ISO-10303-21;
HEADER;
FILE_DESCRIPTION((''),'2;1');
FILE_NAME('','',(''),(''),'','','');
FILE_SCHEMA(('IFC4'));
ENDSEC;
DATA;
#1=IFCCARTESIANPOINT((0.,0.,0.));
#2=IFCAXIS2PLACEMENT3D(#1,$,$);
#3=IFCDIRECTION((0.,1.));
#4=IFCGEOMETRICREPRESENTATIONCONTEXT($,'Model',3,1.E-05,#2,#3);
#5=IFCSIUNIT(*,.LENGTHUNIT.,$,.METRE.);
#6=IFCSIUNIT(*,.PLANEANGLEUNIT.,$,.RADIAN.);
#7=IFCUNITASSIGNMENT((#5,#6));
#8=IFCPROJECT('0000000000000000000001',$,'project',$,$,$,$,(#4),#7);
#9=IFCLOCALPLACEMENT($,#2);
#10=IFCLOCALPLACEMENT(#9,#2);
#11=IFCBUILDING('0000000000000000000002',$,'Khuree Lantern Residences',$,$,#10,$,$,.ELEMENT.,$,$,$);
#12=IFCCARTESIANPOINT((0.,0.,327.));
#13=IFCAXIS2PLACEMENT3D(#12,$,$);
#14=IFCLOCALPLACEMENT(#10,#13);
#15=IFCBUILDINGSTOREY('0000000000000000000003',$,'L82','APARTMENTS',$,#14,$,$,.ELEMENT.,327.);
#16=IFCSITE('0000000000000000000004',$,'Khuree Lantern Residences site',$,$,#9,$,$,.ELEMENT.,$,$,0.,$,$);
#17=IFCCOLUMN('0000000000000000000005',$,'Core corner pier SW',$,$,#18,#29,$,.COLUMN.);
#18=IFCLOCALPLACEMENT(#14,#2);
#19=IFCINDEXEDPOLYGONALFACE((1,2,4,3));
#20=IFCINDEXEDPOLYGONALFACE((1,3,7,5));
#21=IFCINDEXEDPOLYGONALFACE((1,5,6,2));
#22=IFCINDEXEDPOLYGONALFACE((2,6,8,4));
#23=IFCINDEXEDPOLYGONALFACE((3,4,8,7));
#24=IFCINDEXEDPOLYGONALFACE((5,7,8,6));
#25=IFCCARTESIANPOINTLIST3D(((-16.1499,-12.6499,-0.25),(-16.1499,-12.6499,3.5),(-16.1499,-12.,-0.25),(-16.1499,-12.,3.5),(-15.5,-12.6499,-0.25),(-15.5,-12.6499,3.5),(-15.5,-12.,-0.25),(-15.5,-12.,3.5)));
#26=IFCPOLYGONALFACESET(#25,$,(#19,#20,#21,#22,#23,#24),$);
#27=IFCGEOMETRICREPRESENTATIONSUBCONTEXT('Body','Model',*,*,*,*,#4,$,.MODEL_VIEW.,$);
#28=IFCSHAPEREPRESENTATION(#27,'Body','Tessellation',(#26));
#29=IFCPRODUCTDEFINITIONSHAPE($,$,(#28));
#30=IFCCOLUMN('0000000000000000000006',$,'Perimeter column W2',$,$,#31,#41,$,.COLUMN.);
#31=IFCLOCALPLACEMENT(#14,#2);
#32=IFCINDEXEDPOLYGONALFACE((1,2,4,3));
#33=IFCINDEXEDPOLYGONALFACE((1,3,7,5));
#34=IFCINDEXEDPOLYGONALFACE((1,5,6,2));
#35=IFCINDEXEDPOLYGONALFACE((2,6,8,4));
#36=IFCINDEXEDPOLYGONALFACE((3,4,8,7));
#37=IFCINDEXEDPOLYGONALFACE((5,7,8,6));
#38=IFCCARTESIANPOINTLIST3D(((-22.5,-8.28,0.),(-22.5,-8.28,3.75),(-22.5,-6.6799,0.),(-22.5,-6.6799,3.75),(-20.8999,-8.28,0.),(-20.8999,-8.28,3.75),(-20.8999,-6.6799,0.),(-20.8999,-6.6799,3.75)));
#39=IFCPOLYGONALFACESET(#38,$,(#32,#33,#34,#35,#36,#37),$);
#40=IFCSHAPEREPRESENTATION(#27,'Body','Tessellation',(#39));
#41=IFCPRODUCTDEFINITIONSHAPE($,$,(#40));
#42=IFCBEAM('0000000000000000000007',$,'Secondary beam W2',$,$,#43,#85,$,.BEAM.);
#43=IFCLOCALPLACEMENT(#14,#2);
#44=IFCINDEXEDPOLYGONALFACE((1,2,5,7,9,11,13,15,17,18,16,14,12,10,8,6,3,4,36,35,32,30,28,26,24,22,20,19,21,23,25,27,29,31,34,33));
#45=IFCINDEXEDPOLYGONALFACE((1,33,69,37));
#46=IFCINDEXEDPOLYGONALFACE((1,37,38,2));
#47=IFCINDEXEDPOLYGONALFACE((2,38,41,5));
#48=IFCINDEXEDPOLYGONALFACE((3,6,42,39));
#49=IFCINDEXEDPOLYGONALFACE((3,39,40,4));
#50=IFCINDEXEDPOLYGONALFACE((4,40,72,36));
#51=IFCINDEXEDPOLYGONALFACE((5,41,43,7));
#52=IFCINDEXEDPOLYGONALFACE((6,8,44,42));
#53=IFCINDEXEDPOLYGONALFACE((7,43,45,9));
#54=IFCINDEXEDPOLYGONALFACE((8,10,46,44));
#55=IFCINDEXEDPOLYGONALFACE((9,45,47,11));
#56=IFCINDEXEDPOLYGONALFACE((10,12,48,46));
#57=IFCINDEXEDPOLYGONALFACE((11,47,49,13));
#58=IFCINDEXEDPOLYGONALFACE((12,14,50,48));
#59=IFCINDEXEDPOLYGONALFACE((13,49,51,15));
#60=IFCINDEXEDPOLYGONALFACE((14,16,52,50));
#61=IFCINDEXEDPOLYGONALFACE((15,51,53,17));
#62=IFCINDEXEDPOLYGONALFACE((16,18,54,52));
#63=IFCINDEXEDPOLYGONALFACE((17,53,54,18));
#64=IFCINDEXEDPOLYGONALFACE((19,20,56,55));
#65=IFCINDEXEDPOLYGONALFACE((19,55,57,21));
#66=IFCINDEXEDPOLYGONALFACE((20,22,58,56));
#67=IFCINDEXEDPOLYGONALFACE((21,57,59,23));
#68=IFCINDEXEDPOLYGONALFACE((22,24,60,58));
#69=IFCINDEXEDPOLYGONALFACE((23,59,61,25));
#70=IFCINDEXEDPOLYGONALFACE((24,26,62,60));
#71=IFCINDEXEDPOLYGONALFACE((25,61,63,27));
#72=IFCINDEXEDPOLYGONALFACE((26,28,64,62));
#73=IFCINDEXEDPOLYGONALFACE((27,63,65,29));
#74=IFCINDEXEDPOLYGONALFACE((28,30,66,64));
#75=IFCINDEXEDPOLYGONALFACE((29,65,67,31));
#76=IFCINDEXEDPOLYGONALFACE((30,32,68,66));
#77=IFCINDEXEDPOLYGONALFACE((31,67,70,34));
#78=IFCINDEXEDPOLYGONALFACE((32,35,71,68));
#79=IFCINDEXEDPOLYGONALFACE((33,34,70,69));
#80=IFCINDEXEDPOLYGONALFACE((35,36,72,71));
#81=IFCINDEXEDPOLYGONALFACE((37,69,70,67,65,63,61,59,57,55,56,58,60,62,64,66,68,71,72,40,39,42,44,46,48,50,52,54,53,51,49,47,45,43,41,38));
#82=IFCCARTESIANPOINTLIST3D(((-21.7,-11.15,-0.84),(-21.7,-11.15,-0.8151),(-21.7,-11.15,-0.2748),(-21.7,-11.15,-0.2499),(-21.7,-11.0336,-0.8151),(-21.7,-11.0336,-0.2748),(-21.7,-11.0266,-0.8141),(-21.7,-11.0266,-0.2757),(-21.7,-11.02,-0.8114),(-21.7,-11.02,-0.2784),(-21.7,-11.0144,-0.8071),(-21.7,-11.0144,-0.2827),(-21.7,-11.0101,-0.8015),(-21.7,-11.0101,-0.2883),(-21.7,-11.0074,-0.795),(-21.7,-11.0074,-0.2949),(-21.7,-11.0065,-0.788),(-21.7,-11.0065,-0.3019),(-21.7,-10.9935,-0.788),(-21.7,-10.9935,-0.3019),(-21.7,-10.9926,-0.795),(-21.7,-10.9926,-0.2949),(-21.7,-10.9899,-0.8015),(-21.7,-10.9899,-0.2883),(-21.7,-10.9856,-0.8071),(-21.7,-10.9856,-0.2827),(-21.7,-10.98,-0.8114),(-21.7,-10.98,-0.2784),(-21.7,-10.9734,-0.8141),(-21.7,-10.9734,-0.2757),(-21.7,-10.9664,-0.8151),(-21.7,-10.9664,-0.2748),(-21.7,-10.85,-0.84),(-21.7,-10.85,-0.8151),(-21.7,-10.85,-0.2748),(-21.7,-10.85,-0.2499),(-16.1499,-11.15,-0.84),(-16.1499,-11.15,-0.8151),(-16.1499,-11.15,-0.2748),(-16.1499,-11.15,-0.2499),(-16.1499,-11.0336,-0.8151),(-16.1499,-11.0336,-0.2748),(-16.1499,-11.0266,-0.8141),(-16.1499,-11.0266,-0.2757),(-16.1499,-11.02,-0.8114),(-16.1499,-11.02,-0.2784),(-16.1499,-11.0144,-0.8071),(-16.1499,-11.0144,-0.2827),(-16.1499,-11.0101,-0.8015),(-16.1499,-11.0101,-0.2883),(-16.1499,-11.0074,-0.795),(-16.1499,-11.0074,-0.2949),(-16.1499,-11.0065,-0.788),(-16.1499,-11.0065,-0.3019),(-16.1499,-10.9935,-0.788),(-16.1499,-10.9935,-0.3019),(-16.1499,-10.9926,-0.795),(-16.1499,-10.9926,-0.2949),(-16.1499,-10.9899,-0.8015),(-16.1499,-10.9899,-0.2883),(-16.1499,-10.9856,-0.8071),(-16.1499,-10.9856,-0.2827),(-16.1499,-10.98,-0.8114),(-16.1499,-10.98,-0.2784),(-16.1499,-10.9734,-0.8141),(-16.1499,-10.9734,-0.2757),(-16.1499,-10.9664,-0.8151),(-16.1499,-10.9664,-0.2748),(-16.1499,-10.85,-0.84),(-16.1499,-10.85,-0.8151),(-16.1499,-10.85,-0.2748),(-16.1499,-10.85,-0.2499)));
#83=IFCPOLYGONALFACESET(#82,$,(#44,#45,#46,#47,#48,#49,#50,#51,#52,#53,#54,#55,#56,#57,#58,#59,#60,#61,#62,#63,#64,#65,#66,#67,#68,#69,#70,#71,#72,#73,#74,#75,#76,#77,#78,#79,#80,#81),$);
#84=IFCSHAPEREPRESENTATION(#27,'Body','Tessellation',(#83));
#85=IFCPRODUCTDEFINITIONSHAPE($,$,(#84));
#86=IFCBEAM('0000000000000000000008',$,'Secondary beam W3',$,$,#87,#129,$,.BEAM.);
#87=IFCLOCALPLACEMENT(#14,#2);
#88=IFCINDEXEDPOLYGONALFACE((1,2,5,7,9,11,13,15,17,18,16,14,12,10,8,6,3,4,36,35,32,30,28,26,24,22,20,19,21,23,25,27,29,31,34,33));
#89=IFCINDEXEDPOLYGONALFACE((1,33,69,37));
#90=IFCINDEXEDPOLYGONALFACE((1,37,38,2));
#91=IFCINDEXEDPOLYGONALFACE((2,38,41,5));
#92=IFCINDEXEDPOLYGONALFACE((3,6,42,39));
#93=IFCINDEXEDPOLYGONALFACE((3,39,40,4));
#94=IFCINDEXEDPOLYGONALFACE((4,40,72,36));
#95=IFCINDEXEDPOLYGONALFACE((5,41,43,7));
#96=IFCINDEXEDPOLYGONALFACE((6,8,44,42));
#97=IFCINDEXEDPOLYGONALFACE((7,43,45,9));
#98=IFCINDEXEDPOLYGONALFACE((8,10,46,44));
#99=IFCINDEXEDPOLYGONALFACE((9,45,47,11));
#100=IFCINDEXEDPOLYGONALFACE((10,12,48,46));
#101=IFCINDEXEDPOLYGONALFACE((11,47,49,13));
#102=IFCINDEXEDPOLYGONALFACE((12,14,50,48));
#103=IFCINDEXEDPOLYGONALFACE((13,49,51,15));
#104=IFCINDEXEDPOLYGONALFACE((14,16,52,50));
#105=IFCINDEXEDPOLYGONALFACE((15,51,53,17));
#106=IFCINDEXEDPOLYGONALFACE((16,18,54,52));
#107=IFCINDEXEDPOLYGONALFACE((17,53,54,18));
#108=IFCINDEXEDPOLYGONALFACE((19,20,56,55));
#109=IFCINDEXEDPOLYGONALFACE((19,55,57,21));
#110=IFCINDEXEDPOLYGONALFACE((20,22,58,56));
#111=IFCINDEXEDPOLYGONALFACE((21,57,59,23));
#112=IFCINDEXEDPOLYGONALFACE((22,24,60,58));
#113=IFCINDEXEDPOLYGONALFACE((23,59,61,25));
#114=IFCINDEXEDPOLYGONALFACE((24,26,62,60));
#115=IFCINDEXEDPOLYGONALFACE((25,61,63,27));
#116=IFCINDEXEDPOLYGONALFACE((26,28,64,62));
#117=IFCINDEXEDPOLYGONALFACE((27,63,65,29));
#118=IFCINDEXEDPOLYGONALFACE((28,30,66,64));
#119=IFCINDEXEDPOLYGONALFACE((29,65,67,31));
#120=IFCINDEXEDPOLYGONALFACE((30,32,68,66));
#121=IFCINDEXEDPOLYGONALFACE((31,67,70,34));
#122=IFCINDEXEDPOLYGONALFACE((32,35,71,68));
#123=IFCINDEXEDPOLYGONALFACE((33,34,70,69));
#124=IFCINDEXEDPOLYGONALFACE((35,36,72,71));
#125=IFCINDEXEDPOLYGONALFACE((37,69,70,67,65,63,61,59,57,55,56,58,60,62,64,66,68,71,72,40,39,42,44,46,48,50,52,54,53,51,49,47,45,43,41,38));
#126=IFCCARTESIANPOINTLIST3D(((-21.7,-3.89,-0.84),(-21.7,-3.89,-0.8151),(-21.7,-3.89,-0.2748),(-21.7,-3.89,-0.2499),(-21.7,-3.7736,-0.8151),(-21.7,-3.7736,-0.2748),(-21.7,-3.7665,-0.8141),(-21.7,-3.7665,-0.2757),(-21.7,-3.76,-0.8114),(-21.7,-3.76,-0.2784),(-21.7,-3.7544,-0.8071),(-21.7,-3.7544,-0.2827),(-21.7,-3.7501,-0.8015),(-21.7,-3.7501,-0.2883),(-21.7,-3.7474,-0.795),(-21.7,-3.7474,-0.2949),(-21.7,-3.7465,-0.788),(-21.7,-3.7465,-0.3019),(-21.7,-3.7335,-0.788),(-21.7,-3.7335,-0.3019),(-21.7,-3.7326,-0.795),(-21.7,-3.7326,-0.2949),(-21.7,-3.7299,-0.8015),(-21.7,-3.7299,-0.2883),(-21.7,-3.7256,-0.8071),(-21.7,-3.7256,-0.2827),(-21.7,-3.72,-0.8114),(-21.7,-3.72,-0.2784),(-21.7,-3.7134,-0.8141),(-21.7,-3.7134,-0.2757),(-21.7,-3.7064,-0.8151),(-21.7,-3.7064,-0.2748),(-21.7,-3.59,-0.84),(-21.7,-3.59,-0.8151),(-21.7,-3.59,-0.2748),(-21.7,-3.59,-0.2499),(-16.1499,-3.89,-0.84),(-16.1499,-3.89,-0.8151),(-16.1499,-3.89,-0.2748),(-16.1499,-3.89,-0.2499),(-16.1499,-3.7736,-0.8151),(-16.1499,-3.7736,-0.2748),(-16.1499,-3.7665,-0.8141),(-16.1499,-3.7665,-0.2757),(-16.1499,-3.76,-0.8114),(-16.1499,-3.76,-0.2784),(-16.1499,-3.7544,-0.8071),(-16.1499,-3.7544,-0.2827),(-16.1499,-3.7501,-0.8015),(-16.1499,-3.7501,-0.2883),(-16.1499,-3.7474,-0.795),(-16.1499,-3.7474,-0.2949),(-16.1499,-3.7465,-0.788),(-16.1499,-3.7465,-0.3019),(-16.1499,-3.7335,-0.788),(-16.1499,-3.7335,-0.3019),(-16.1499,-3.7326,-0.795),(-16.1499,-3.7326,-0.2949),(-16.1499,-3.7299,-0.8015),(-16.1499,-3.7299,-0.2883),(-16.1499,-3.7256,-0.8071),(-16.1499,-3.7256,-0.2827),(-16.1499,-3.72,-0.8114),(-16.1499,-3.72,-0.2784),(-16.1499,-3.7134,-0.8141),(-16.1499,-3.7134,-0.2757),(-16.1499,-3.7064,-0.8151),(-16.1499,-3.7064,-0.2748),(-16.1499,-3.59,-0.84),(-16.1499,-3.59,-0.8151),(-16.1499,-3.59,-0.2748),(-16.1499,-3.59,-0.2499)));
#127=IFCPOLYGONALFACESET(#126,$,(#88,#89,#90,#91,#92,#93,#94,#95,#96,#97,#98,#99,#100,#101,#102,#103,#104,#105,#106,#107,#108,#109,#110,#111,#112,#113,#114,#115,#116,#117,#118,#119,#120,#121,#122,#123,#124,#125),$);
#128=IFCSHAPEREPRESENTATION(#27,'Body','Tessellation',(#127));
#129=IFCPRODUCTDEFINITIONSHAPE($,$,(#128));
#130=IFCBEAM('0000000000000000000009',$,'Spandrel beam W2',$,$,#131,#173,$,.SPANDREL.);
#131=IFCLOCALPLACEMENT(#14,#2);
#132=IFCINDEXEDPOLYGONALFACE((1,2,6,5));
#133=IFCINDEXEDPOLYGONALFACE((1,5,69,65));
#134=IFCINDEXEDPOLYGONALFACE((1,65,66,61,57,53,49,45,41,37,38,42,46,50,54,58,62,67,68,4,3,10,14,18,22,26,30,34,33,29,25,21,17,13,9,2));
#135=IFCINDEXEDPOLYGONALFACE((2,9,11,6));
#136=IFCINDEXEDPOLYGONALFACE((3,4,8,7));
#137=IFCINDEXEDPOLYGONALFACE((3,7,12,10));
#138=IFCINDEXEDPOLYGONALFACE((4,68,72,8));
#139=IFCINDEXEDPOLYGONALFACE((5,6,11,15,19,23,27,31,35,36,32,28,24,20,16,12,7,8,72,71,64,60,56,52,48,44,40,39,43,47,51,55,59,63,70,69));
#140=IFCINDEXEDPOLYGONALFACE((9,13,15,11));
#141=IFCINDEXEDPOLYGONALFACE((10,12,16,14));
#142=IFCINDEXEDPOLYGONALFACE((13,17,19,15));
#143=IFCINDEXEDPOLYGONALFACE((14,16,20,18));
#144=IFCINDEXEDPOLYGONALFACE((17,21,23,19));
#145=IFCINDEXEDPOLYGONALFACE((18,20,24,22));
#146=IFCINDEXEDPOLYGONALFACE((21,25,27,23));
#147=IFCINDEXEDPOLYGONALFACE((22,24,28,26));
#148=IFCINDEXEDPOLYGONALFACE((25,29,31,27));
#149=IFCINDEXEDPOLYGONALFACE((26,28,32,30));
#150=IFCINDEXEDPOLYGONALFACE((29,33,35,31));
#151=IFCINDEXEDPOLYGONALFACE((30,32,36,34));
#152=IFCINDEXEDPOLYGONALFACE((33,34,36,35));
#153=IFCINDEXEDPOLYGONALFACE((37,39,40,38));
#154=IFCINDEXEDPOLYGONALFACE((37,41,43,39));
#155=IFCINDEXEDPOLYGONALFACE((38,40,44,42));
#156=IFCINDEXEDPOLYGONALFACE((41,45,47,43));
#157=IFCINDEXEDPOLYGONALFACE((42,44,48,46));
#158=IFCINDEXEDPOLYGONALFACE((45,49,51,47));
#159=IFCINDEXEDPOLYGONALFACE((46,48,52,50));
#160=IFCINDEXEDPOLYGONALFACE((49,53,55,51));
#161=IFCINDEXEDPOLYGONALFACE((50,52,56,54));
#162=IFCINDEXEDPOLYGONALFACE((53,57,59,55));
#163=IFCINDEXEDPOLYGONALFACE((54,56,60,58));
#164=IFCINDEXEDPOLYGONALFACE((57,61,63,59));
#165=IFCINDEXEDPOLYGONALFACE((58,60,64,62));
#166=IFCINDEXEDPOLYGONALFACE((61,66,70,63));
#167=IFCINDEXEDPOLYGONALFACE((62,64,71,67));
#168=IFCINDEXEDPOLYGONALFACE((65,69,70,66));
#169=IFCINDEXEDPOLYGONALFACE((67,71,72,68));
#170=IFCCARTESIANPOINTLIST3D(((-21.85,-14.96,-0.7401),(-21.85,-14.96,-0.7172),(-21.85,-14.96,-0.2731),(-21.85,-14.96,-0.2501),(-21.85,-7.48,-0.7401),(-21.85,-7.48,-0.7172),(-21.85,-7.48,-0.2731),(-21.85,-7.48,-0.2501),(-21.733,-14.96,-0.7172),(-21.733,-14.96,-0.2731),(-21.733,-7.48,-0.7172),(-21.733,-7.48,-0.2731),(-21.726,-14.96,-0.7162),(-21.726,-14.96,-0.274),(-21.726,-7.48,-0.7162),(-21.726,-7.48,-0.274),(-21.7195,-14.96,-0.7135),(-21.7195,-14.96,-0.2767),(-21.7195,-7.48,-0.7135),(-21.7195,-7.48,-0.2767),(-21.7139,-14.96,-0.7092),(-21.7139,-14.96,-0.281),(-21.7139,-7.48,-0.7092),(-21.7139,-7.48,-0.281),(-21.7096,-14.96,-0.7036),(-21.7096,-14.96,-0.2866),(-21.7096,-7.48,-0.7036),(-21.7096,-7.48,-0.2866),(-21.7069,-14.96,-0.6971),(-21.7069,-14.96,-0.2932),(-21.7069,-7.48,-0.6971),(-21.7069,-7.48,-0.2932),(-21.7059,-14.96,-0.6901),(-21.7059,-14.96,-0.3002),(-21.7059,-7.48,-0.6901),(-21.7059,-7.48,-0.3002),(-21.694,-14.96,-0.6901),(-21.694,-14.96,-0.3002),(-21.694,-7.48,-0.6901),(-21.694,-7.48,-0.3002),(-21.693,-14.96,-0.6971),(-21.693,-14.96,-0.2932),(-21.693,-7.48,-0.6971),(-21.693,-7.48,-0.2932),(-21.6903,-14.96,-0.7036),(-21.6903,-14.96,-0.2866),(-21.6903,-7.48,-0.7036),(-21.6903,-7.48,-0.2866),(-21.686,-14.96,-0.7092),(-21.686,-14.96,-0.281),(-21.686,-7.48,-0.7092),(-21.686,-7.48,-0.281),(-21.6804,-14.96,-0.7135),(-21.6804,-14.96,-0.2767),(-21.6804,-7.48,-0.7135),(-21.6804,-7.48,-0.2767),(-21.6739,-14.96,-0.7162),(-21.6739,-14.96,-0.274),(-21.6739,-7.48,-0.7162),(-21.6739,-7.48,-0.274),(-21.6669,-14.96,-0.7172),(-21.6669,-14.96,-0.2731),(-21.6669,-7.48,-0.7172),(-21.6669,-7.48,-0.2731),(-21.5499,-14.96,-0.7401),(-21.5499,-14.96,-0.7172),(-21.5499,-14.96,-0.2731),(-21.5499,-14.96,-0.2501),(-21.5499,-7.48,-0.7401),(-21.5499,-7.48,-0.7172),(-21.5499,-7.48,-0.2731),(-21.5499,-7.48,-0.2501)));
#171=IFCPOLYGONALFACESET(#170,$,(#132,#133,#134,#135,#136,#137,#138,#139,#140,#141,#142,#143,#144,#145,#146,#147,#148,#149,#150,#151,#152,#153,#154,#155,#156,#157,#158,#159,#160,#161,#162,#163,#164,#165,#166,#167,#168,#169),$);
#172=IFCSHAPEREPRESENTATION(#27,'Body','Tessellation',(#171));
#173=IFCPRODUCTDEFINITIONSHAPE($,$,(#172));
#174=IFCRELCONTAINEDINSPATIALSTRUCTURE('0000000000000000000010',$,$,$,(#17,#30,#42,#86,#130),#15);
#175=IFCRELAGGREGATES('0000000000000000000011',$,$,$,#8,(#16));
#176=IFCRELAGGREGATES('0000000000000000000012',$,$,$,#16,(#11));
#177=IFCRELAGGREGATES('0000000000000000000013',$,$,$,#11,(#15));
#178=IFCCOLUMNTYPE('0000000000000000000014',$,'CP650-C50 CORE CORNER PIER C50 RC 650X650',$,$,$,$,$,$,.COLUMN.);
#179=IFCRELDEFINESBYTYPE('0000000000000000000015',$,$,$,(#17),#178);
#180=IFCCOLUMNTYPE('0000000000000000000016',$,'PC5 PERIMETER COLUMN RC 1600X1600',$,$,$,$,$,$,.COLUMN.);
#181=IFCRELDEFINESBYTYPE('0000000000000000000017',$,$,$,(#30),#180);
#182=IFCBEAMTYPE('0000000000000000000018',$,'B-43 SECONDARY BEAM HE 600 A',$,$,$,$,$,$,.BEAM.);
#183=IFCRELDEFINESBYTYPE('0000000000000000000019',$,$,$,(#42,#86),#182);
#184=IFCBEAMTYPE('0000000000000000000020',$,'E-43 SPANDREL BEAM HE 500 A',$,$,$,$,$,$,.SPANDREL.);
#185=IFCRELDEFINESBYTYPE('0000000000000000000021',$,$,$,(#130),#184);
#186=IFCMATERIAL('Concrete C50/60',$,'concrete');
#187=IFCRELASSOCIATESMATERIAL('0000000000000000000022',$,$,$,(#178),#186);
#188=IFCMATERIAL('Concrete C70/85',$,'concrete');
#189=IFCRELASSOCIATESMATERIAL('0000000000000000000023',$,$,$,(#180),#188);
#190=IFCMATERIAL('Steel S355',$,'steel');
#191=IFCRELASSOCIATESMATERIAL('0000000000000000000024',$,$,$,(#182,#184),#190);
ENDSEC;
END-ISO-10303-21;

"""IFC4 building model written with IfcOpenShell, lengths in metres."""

from ifc_helpers import new_model, si_unit, direction, frame, origin, origin_2d, place, context, subcontext, project, spatial, rectangle, i_section, extrude, material, material_profile, profile_set, type_object, element, save


model = new_model("IFC4")

# Units and contexts
model_context = context("Model", 3, precision=1e-05, world=origin(), true_north=direction((0.0, 1.0)))
body_context = subcontext(model_context, "Body", "Model", "MODEL_VIEW")
ifc_project = project(units=[si_unit("LENGTHUNIT", "METRE"), si_unit("PLANEANGLEUNIT", "RADIAN")], contexts=[model_context])

# Site, building, storey
site_placement = place(None, origin())
site = spatial("IfcSite", under=ifc_project, at=site_placement, Name="Khuree Lantern Residences site", CompositionType="ELEMENT", RefElevation=0.0)
building_placement = place(site_placement, origin())
building = spatial("IfcBuilding", under=site, at=building_placement, Name="Khuree Lantern Residences", CompositionType="ELEMENT")
storey_placement = place(building_placement, frame((0.0, 0.0, 327.0)))
storey = spatial("IfcBuildingStorey", under=building, at=storey_placement, Name="L82", Description="APARTMENTS", CompositionType="ELEMENT", Elevation=327.0)

# Columns
ifc_material_1 = material(Name="Concrete C50/60", Category="concrete")
ifc_material_profile_1 = material_profile(ifc_material_1, rectangle(XDim=0.6499, YDim=0.6499, at=origin_2d()), Name="RC 650X650")
ifc_profile_set_1 = profile_set([ifc_material_profile_1], Name="Concrete C50/60")
column_type_1 = type_object("IfcColumnType", Name="CP650-C50 CORE CORNER PIER C50 RC 650X650", PredefinedType="COLUMN", material=ifc_profile_set_1)
column_1_placement = place(storey_placement, frame((-15.825, -12.325, -0.25), z_axis=(0.0, 0.0, 1.0), x_axis=(1.0, 0.0, 0.0)))
element("IfcColumn", 1, at=column_1_placement, inside=storey, type_object=column_type_1, Name="Core corner pier SW", PredefinedType="COLUMN", context=body_context, shape_type="SweptSolid", body=[
    extrude(rectangle(XDim=0.6499, YDim=0.6499, at=origin_2d()), origin(), (0.0, 0.0, 1.0), 3.75),
])
ifc_material_2 = material(Name="Concrete C70/85", Category="concrete")
ifc_material_profile_2 = material_profile(ifc_material_2, rectangle(XDim=1.6001, YDim=1.6001, at=origin_2d()), Name="RC 1600X1600")
ifc_profile_set_2 = profile_set([ifc_material_profile_2], Name="Concrete C70/85")
column_type_2 = type_object("IfcColumnType", Name="PC5 PERIMETER COLUMN RC 1600X1600", PredefinedType="COLUMN", material=ifc_profile_set_2)
column_2_placement = place(storey_placement, frame((-21.7, -7.48, 0.0), z_axis=(0.0, 0.0, 1.0), x_axis=(0.0, 1.0, 0.0)))
element("IfcColumn", 2, at=column_2_placement, inside=storey, type_object=column_type_2, Name="Perimeter column W2", PredefinedType="COLUMN", context=body_context, shape_type="SweptSolid", body=[
    extrude(rectangle(XDim=1.6001, YDim=1.6001, at=origin_2d()), origin(), (0.0, 0.0, 1.0), 3.75),
])

# Beams
ifc_material_3 = material(Name="Steel S355", Category="steel")
ifc_material_profile_3 = material_profile(ifc_material_3, i_section(OverallWidth=0.3, OverallDepth=0.5901, WebThickness=0.0129, FlangeThickness=0.0249, FilletRadius=0.0271, at=origin_2d()), Name="HE 600 A")
ifc_profile_set_3 = profile_set([ifc_material_profile_3], Name="Steel S355")
beam_type_1 = type_object("IfcBeamType", Name="B-43 SECONDARY BEAM HE 600 A", PredefinedType="BEAM", material=ifc_profile_set_3)
for number, where, z_axis, x_axis, name in (
    (3, (-21.7, -11.0, -0.5449), (1.0, 0.0, 0.0), (0.0, 1.0, 0.0), "Secondary beam W2"),
    (4, (-21.7, -3.74, -0.5449), (1.0, 0.0, 0.0), (0.0, 1.0, 0.0), "Secondary beam W3"),
):
    element("IfcBeam", number, at=place(storey_placement, frame(where, z_axis=z_axis, x_axis=x_axis)), inside=storey, type_object=beam_type_1, Name=name, PredefinedType="BEAM", context=body_context, shape_type="SweptSolid", body=[
        extrude(i_section(OverallWidth=0.3, OverallDepth=0.5901, WebThickness=0.0129, FlangeThickness=0.0249, FilletRadius=0.0271, at=origin_2d()), origin(), (0.0, 0.0, 1.0), 5.55),
    ])
ifc_material_profile_4 = material_profile(ifc_material_3, i_section(OverallWidth=0.3, OverallDepth=0.49, WebThickness=0.012, FlangeThickness=0.0229, FilletRadius=0.0271, at=origin_2d()), Name="HE 500 A")
ifc_profile_set_4 = profile_set([ifc_material_profile_4], Name="Steel S355")
beam_type_2 = type_object("IfcBeamType", Name="E-43 SPANDREL BEAM HE 500 A", PredefinedType="SPANDREL", material=ifc_profile_set_4)
for number, where, z_axis, x_axis, name in (
    (5, (-21.7, -14.96, -0.4951), (0.0, 1.0, 0.0), (-1.0, 0.0, 0.0), "Spandrel beam W2"),
):
    element("IfcBeam", number, at=place(storey_placement, frame(where, z_axis=z_axis, x_axis=x_axis)), inside=storey, type_object=beam_type_2, Name=name, PredefinedType="SPANDREL", context=body_context, shape_type="SweptSolid", body=[
        extrude(i_section(OverallWidth=0.3, OverallDepth=0.49, WebThickness=0.012, FlangeThickness=0.0229, FilletRadius=0.0271, at=origin_2d()), origin(), (0.0, 0.0, 1.0), 7.48),
    ])

save(model, "model.ifc")
